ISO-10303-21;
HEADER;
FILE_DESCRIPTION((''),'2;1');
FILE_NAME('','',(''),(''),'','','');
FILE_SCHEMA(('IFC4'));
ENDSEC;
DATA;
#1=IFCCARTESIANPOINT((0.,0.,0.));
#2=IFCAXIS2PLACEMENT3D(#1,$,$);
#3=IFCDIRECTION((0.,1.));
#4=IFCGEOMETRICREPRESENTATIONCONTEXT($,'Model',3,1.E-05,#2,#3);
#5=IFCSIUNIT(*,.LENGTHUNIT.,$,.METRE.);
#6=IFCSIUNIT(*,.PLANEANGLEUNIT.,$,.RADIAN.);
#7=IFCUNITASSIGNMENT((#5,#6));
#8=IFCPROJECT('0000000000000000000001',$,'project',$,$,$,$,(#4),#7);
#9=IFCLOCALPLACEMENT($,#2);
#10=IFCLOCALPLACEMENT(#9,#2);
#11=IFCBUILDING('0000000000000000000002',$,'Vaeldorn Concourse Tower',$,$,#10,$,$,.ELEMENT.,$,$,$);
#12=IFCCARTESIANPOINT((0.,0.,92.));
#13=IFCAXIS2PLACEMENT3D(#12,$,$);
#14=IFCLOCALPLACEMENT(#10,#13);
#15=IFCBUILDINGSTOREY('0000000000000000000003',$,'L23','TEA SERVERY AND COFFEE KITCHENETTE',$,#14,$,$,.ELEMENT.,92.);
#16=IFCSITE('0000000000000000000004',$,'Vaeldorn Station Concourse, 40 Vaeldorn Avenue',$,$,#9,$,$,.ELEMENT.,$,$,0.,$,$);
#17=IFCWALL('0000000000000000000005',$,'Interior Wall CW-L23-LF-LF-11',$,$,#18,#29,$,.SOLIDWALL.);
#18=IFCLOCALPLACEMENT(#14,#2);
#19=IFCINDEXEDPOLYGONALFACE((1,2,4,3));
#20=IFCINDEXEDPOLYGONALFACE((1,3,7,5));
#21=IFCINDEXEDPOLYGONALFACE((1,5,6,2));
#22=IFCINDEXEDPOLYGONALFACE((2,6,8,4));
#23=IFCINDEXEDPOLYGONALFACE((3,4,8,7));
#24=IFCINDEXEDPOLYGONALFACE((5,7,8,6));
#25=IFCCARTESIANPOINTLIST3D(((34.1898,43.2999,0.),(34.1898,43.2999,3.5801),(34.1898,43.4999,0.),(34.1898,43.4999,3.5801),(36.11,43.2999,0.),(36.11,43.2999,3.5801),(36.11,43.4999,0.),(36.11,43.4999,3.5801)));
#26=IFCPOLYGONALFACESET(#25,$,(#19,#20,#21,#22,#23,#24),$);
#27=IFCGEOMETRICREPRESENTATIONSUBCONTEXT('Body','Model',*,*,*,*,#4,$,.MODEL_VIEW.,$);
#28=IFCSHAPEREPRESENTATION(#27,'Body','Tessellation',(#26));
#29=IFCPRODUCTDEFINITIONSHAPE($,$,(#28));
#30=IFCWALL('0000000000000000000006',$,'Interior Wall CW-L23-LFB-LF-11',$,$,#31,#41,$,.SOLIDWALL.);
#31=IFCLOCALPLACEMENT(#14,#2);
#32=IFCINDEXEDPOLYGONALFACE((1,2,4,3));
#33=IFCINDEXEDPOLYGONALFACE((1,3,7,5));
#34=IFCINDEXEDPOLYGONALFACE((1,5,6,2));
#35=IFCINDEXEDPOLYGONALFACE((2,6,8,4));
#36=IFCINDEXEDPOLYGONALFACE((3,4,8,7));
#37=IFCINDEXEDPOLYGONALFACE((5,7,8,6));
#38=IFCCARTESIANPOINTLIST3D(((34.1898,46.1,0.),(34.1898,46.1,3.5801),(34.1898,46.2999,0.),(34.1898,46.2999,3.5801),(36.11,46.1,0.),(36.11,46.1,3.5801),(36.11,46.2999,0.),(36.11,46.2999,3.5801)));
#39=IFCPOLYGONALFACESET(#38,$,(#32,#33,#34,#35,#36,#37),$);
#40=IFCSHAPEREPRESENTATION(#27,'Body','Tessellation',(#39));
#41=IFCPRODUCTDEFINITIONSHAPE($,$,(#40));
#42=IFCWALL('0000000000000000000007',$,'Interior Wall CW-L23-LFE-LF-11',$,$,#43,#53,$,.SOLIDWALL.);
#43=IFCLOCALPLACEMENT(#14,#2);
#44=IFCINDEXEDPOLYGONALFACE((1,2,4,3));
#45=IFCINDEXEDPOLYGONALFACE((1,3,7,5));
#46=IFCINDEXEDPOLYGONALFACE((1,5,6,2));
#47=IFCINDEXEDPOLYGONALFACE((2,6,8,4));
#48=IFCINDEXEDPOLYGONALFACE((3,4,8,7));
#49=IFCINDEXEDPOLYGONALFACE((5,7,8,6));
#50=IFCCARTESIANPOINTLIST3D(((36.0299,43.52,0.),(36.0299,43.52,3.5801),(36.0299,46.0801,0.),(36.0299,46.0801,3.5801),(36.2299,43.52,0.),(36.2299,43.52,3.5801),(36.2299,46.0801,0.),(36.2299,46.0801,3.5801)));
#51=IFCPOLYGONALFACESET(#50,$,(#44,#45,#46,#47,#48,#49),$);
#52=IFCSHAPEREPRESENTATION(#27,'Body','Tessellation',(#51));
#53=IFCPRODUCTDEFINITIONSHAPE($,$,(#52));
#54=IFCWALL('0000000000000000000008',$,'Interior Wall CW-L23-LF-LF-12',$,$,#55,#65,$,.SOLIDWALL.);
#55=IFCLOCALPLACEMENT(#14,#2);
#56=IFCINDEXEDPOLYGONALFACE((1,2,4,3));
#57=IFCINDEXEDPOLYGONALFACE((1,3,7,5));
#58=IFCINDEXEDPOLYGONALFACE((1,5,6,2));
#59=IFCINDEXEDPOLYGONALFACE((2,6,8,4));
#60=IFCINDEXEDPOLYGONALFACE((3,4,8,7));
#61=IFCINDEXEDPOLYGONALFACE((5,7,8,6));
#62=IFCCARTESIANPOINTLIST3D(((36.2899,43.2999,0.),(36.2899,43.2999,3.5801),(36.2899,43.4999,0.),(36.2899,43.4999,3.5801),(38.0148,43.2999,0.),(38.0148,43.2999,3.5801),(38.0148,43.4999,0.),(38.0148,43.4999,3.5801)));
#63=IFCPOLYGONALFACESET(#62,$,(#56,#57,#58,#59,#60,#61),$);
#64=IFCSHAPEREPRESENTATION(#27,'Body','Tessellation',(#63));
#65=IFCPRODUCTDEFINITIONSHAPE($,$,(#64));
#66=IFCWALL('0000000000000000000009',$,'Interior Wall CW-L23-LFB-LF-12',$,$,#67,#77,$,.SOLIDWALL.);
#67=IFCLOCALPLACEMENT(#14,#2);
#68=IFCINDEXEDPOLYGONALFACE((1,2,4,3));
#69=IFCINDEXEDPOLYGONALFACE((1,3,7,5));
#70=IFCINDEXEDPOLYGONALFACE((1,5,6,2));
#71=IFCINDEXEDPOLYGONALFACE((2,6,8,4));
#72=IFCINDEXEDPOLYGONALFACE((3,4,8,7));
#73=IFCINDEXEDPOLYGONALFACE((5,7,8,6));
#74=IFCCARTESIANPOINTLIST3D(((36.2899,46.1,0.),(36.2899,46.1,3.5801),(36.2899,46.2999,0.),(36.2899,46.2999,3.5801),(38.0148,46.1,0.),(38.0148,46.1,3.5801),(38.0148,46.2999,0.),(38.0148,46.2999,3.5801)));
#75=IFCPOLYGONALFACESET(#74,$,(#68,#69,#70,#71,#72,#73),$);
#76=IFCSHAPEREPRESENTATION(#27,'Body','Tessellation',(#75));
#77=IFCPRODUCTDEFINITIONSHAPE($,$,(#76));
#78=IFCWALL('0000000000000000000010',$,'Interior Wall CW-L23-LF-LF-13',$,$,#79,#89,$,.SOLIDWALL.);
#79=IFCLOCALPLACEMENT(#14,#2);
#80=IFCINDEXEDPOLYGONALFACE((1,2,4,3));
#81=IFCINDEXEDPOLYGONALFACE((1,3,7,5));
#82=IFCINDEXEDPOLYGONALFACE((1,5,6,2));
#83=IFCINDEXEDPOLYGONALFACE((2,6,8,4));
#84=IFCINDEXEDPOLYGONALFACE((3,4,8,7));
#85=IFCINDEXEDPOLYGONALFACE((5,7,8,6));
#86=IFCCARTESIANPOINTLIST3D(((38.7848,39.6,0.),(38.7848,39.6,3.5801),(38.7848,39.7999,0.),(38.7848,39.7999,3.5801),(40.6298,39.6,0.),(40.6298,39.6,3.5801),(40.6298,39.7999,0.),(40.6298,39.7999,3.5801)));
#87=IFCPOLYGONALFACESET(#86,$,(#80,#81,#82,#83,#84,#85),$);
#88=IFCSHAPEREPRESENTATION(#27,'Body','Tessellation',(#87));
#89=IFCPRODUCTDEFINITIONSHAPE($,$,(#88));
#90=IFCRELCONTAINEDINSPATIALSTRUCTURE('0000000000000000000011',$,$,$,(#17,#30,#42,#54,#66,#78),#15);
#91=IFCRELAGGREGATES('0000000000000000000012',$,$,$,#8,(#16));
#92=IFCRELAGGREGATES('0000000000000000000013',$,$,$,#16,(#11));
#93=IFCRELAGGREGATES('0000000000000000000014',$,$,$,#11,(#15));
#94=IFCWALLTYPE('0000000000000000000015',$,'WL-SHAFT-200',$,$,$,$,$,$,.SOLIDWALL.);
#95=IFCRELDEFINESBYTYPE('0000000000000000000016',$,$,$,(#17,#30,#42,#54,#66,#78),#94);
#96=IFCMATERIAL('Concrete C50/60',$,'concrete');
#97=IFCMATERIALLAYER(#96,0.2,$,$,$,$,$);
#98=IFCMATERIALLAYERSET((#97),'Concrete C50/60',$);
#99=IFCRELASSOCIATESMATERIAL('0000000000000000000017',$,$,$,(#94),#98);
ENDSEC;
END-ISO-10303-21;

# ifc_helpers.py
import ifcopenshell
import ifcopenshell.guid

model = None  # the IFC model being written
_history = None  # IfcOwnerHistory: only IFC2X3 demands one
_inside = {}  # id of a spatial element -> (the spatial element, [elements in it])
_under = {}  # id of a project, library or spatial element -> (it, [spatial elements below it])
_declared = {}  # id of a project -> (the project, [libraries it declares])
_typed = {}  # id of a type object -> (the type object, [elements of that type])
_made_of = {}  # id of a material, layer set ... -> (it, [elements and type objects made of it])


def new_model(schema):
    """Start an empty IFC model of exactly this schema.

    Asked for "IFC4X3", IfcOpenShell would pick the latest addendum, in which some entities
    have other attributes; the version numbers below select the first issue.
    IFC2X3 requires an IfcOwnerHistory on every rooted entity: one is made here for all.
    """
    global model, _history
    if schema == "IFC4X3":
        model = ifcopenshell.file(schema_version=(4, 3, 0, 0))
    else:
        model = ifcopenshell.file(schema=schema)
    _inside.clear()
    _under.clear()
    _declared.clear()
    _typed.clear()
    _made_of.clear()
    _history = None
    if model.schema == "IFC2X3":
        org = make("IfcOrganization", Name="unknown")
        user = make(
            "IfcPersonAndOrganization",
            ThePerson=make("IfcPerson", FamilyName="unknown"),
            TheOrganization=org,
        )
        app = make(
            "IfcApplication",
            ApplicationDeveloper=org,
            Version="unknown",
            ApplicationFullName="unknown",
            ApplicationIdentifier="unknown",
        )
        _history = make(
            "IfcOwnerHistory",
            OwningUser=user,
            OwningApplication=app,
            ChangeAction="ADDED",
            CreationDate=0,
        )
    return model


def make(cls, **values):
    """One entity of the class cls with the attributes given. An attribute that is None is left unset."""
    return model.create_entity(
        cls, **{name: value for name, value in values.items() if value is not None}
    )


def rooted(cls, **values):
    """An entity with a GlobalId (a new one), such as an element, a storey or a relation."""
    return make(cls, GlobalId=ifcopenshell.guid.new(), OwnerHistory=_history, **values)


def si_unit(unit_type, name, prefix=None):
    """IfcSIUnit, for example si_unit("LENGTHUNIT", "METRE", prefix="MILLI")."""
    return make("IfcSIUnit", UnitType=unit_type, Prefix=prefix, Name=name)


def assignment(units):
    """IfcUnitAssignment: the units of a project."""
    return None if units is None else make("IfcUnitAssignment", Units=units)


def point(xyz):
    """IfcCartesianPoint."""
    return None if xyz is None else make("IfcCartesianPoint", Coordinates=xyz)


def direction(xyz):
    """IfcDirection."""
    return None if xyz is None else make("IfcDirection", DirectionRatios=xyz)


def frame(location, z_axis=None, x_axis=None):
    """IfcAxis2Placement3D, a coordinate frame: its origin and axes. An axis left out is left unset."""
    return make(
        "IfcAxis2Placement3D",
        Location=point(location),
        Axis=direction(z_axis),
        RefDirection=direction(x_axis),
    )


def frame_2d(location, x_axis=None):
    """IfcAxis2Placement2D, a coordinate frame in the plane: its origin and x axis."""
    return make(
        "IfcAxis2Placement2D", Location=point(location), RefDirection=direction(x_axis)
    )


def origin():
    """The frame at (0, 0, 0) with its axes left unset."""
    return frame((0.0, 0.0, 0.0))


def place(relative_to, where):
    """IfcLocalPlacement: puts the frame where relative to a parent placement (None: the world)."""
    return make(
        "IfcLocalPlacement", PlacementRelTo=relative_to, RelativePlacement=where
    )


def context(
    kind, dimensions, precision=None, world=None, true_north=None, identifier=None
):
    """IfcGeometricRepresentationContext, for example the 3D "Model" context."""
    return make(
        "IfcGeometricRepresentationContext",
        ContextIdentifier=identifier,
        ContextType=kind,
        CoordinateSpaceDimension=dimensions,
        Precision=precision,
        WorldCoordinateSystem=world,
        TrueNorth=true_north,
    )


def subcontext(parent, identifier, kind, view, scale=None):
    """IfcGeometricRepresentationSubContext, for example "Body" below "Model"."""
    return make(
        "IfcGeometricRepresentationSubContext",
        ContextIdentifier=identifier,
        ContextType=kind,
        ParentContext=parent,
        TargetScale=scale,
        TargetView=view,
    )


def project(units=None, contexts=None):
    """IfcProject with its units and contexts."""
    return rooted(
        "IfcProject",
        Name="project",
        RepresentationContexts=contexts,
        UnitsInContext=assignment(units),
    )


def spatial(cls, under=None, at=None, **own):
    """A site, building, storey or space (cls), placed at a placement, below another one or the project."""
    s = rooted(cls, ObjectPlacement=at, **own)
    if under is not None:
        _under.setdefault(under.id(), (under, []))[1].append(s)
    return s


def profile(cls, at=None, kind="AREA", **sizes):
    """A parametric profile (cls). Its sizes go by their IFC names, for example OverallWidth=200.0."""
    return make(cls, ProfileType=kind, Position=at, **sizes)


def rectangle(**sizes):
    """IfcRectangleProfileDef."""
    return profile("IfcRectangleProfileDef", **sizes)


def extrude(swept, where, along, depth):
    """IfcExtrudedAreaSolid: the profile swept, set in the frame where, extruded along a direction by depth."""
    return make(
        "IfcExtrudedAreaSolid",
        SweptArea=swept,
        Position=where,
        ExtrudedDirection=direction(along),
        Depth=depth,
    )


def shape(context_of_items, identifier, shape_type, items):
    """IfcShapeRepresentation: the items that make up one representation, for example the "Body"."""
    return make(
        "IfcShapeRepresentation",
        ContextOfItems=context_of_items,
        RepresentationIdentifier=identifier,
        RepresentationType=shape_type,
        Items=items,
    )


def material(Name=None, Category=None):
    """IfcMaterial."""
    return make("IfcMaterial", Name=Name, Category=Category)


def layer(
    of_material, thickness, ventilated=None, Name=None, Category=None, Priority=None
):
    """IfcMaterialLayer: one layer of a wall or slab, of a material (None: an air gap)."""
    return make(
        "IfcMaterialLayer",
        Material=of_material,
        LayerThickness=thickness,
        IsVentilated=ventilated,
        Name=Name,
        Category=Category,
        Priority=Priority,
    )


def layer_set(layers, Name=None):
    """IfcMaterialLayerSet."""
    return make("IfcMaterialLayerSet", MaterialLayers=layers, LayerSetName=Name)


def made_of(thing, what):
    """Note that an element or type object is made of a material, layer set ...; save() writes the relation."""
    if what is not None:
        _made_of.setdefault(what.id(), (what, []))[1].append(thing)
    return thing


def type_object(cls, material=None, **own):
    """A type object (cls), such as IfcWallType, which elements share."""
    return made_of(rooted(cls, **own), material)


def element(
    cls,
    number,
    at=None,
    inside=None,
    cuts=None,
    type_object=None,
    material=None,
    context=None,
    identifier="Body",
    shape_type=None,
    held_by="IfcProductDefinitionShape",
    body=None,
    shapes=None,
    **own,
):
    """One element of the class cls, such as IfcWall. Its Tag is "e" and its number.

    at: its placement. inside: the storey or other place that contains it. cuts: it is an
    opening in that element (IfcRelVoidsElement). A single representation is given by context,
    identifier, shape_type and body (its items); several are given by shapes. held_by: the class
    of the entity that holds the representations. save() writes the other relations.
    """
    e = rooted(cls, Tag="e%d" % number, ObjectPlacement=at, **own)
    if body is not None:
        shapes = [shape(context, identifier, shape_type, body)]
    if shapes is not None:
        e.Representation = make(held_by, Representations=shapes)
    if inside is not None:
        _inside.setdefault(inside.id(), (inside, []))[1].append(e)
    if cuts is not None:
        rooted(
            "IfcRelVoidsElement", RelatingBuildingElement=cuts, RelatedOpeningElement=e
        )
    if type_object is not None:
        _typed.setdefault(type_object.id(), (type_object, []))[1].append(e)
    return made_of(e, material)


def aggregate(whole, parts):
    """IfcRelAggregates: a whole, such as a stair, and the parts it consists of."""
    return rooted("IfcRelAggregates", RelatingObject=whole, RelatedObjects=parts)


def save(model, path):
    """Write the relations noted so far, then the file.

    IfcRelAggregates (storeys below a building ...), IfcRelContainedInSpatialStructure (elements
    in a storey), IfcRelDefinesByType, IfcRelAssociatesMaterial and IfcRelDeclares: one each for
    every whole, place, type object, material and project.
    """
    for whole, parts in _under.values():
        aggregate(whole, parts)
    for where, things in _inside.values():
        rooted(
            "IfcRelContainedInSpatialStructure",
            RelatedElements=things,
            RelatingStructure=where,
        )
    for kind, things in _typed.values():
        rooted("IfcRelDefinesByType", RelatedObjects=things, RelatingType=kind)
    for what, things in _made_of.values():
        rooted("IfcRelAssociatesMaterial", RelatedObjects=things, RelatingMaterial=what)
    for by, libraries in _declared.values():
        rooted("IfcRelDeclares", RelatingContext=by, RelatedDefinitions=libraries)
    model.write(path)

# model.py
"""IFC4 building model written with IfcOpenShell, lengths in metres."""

from ifc_helpers import new_model, si_unit, direction, frame, frame_2d, origin, place, context, subcontext, project, spatial, rectangle, extrude, material, layer, layer_set, type_object, element, save


model = new_model("IFC4")

# Units and contexts
model_context = context("Model", 3, precision=1e-05, world=origin(), true_north=direction((0.0, 1.0)))
body_context = subcontext(model_context, "Body", "Model", "MODEL_VIEW")
ifc_project = project(units=[si_unit("LENGTHUNIT", "METRE"), si_unit("PLANEANGLEUNIT", "RADIAN")], contexts=[model_context])

# Site, building, storey
site_placement = place(None, origin())
site = spatial("IfcSite", under=ifc_project, at=site_placement, Name="Vaeldorn Station Concourse, 40 Vaeldorn Avenue", CompositionType="ELEMENT", RefElevation=0.0)
building_placement = place(site_placement, origin())
building = spatial("IfcBuilding", under=site, at=building_placement, Name="Vaeldorn Concourse Tower", CompositionType="ELEMENT")
storey_placement = place(building_placement, frame((0.0, 0.0, 92.0)))
storey = spatial("IfcBuildingStorey", under=building, at=storey_placement, Name="L23", Description="TEA SERVERY AND COFFEE KITCHENETTE", CompositionType="ELEMENT", Elevation=92.0)

# Walls
ifc_material_1 = material(Name="Concrete C50/60", Category="concrete")
ifc_layer_1 = layer(ifc_material_1, 0.2)
ifc_layer_set_1 = layer_set([ifc_layer_1], Name="Concrete C50/60")
wall_type_1 = type_object("IfcWallType", Name="WL-SHAFT-200", PredefinedType="SOLIDWALL", material=ifc_layer_set_1)
for number, where, z_axis, x_axis, name in (
    (1, (34.1899, 43.3999, 0.0), (0.0, 0.0, 1.0), (1.0, 0.0, 0.0), "Interior Wall CW-L23-LF-LF-11"),
    (2, (34.1899, 46.2, 0.0), (0.0, 0.0, 1.0), (1.0, 0.0, 0.0), "Interior Wall CW-L23-LFB-LF-11"),
):
    element("IfcWall", number, at=place(storey_placement, frame(where, z_axis=z_axis, x_axis=x_axis)), inside=storey, type_object=wall_type_1, Name=name, PredefinedType="SOLIDWALL", context=body_context, shape_type="SweptSolid", body=[
        extrude(rectangle(XDim=1.9202, YDim=0.2, at=frame_2d((0.96, 0.0))), origin(), (0.0, 0.0, 1.0), 3.5801),
    ])
wall_1_placement = place(storey_placement, frame((36.1299, 43.52, 0.0), z_axis=(0.0, 0.0, 1.0), x_axis=(0.0, 1.0, 0.0)))
element("IfcWall", 3, at=wall_1_placement, inside=storey, type_object=wall_type_1, Name="Interior Wall CW-L23-LFE-LF-11", PredefinedType="SOLIDWALL", context=body_context, shape_type="SweptSolid", body=[
    extrude(rectangle(XDim=2.5601, YDim=0.2, at=frame_2d((1.28, 0.0))), origin(), (0.0, 0.0, 1.0), 3.5801),
])
for number, where, z_axis, x_axis, name in (
    (4, (36.29, 43.3999, 0.0), (0.0, 0.0, 1.0), (1.0, 0.0, 0.0), "Interior Wall CW-L23-LF-LF-12"),
    (5, (36.29, 46.2, 0.0), (0.0, 0.0, 1.0), (1.0, 0.0, 0.0), "Interior Wall CW-L23-LFB-LF-12"),
):
    element("IfcWall", number, at=place(storey_placement, frame(where, z_axis=z_axis, x_axis=x_axis)), inside=storey, type_object=wall_type_1, Name=name, PredefinedType="SOLIDWALL", context=body_context, shape_type="SweptSolid", body=[
        extrude(rectangle(XDim=1.7249, YDim=0.2, at=frame_2d((0.8623, 0.0))), origin(), (0.0, 0.0, 1.0), 3.5801),
    ])
wall_2_placement = place(storey_placement, frame((38.7849, 39.7, 0.0), z_axis=(0.0, 0.0, 1.0), x_axis=(1.0, 0.0, 0.0)))
element("IfcWall", 6, at=wall_2_placement, inside=storey, type_object=wall_type_1, Name="Interior Wall CW-L23-LF-LF-13", PredefinedType="SOLIDWALL", context=body_context, shape_type="SweptSolid", body=[
    extrude(rectangle(XDim=1.845, YDim=0.2, at=frame_2d((0.9224, 0.0))), origin(), (0.0, 0.0, 1.0), 3.5801),
])

save(model, "model.ifc")
